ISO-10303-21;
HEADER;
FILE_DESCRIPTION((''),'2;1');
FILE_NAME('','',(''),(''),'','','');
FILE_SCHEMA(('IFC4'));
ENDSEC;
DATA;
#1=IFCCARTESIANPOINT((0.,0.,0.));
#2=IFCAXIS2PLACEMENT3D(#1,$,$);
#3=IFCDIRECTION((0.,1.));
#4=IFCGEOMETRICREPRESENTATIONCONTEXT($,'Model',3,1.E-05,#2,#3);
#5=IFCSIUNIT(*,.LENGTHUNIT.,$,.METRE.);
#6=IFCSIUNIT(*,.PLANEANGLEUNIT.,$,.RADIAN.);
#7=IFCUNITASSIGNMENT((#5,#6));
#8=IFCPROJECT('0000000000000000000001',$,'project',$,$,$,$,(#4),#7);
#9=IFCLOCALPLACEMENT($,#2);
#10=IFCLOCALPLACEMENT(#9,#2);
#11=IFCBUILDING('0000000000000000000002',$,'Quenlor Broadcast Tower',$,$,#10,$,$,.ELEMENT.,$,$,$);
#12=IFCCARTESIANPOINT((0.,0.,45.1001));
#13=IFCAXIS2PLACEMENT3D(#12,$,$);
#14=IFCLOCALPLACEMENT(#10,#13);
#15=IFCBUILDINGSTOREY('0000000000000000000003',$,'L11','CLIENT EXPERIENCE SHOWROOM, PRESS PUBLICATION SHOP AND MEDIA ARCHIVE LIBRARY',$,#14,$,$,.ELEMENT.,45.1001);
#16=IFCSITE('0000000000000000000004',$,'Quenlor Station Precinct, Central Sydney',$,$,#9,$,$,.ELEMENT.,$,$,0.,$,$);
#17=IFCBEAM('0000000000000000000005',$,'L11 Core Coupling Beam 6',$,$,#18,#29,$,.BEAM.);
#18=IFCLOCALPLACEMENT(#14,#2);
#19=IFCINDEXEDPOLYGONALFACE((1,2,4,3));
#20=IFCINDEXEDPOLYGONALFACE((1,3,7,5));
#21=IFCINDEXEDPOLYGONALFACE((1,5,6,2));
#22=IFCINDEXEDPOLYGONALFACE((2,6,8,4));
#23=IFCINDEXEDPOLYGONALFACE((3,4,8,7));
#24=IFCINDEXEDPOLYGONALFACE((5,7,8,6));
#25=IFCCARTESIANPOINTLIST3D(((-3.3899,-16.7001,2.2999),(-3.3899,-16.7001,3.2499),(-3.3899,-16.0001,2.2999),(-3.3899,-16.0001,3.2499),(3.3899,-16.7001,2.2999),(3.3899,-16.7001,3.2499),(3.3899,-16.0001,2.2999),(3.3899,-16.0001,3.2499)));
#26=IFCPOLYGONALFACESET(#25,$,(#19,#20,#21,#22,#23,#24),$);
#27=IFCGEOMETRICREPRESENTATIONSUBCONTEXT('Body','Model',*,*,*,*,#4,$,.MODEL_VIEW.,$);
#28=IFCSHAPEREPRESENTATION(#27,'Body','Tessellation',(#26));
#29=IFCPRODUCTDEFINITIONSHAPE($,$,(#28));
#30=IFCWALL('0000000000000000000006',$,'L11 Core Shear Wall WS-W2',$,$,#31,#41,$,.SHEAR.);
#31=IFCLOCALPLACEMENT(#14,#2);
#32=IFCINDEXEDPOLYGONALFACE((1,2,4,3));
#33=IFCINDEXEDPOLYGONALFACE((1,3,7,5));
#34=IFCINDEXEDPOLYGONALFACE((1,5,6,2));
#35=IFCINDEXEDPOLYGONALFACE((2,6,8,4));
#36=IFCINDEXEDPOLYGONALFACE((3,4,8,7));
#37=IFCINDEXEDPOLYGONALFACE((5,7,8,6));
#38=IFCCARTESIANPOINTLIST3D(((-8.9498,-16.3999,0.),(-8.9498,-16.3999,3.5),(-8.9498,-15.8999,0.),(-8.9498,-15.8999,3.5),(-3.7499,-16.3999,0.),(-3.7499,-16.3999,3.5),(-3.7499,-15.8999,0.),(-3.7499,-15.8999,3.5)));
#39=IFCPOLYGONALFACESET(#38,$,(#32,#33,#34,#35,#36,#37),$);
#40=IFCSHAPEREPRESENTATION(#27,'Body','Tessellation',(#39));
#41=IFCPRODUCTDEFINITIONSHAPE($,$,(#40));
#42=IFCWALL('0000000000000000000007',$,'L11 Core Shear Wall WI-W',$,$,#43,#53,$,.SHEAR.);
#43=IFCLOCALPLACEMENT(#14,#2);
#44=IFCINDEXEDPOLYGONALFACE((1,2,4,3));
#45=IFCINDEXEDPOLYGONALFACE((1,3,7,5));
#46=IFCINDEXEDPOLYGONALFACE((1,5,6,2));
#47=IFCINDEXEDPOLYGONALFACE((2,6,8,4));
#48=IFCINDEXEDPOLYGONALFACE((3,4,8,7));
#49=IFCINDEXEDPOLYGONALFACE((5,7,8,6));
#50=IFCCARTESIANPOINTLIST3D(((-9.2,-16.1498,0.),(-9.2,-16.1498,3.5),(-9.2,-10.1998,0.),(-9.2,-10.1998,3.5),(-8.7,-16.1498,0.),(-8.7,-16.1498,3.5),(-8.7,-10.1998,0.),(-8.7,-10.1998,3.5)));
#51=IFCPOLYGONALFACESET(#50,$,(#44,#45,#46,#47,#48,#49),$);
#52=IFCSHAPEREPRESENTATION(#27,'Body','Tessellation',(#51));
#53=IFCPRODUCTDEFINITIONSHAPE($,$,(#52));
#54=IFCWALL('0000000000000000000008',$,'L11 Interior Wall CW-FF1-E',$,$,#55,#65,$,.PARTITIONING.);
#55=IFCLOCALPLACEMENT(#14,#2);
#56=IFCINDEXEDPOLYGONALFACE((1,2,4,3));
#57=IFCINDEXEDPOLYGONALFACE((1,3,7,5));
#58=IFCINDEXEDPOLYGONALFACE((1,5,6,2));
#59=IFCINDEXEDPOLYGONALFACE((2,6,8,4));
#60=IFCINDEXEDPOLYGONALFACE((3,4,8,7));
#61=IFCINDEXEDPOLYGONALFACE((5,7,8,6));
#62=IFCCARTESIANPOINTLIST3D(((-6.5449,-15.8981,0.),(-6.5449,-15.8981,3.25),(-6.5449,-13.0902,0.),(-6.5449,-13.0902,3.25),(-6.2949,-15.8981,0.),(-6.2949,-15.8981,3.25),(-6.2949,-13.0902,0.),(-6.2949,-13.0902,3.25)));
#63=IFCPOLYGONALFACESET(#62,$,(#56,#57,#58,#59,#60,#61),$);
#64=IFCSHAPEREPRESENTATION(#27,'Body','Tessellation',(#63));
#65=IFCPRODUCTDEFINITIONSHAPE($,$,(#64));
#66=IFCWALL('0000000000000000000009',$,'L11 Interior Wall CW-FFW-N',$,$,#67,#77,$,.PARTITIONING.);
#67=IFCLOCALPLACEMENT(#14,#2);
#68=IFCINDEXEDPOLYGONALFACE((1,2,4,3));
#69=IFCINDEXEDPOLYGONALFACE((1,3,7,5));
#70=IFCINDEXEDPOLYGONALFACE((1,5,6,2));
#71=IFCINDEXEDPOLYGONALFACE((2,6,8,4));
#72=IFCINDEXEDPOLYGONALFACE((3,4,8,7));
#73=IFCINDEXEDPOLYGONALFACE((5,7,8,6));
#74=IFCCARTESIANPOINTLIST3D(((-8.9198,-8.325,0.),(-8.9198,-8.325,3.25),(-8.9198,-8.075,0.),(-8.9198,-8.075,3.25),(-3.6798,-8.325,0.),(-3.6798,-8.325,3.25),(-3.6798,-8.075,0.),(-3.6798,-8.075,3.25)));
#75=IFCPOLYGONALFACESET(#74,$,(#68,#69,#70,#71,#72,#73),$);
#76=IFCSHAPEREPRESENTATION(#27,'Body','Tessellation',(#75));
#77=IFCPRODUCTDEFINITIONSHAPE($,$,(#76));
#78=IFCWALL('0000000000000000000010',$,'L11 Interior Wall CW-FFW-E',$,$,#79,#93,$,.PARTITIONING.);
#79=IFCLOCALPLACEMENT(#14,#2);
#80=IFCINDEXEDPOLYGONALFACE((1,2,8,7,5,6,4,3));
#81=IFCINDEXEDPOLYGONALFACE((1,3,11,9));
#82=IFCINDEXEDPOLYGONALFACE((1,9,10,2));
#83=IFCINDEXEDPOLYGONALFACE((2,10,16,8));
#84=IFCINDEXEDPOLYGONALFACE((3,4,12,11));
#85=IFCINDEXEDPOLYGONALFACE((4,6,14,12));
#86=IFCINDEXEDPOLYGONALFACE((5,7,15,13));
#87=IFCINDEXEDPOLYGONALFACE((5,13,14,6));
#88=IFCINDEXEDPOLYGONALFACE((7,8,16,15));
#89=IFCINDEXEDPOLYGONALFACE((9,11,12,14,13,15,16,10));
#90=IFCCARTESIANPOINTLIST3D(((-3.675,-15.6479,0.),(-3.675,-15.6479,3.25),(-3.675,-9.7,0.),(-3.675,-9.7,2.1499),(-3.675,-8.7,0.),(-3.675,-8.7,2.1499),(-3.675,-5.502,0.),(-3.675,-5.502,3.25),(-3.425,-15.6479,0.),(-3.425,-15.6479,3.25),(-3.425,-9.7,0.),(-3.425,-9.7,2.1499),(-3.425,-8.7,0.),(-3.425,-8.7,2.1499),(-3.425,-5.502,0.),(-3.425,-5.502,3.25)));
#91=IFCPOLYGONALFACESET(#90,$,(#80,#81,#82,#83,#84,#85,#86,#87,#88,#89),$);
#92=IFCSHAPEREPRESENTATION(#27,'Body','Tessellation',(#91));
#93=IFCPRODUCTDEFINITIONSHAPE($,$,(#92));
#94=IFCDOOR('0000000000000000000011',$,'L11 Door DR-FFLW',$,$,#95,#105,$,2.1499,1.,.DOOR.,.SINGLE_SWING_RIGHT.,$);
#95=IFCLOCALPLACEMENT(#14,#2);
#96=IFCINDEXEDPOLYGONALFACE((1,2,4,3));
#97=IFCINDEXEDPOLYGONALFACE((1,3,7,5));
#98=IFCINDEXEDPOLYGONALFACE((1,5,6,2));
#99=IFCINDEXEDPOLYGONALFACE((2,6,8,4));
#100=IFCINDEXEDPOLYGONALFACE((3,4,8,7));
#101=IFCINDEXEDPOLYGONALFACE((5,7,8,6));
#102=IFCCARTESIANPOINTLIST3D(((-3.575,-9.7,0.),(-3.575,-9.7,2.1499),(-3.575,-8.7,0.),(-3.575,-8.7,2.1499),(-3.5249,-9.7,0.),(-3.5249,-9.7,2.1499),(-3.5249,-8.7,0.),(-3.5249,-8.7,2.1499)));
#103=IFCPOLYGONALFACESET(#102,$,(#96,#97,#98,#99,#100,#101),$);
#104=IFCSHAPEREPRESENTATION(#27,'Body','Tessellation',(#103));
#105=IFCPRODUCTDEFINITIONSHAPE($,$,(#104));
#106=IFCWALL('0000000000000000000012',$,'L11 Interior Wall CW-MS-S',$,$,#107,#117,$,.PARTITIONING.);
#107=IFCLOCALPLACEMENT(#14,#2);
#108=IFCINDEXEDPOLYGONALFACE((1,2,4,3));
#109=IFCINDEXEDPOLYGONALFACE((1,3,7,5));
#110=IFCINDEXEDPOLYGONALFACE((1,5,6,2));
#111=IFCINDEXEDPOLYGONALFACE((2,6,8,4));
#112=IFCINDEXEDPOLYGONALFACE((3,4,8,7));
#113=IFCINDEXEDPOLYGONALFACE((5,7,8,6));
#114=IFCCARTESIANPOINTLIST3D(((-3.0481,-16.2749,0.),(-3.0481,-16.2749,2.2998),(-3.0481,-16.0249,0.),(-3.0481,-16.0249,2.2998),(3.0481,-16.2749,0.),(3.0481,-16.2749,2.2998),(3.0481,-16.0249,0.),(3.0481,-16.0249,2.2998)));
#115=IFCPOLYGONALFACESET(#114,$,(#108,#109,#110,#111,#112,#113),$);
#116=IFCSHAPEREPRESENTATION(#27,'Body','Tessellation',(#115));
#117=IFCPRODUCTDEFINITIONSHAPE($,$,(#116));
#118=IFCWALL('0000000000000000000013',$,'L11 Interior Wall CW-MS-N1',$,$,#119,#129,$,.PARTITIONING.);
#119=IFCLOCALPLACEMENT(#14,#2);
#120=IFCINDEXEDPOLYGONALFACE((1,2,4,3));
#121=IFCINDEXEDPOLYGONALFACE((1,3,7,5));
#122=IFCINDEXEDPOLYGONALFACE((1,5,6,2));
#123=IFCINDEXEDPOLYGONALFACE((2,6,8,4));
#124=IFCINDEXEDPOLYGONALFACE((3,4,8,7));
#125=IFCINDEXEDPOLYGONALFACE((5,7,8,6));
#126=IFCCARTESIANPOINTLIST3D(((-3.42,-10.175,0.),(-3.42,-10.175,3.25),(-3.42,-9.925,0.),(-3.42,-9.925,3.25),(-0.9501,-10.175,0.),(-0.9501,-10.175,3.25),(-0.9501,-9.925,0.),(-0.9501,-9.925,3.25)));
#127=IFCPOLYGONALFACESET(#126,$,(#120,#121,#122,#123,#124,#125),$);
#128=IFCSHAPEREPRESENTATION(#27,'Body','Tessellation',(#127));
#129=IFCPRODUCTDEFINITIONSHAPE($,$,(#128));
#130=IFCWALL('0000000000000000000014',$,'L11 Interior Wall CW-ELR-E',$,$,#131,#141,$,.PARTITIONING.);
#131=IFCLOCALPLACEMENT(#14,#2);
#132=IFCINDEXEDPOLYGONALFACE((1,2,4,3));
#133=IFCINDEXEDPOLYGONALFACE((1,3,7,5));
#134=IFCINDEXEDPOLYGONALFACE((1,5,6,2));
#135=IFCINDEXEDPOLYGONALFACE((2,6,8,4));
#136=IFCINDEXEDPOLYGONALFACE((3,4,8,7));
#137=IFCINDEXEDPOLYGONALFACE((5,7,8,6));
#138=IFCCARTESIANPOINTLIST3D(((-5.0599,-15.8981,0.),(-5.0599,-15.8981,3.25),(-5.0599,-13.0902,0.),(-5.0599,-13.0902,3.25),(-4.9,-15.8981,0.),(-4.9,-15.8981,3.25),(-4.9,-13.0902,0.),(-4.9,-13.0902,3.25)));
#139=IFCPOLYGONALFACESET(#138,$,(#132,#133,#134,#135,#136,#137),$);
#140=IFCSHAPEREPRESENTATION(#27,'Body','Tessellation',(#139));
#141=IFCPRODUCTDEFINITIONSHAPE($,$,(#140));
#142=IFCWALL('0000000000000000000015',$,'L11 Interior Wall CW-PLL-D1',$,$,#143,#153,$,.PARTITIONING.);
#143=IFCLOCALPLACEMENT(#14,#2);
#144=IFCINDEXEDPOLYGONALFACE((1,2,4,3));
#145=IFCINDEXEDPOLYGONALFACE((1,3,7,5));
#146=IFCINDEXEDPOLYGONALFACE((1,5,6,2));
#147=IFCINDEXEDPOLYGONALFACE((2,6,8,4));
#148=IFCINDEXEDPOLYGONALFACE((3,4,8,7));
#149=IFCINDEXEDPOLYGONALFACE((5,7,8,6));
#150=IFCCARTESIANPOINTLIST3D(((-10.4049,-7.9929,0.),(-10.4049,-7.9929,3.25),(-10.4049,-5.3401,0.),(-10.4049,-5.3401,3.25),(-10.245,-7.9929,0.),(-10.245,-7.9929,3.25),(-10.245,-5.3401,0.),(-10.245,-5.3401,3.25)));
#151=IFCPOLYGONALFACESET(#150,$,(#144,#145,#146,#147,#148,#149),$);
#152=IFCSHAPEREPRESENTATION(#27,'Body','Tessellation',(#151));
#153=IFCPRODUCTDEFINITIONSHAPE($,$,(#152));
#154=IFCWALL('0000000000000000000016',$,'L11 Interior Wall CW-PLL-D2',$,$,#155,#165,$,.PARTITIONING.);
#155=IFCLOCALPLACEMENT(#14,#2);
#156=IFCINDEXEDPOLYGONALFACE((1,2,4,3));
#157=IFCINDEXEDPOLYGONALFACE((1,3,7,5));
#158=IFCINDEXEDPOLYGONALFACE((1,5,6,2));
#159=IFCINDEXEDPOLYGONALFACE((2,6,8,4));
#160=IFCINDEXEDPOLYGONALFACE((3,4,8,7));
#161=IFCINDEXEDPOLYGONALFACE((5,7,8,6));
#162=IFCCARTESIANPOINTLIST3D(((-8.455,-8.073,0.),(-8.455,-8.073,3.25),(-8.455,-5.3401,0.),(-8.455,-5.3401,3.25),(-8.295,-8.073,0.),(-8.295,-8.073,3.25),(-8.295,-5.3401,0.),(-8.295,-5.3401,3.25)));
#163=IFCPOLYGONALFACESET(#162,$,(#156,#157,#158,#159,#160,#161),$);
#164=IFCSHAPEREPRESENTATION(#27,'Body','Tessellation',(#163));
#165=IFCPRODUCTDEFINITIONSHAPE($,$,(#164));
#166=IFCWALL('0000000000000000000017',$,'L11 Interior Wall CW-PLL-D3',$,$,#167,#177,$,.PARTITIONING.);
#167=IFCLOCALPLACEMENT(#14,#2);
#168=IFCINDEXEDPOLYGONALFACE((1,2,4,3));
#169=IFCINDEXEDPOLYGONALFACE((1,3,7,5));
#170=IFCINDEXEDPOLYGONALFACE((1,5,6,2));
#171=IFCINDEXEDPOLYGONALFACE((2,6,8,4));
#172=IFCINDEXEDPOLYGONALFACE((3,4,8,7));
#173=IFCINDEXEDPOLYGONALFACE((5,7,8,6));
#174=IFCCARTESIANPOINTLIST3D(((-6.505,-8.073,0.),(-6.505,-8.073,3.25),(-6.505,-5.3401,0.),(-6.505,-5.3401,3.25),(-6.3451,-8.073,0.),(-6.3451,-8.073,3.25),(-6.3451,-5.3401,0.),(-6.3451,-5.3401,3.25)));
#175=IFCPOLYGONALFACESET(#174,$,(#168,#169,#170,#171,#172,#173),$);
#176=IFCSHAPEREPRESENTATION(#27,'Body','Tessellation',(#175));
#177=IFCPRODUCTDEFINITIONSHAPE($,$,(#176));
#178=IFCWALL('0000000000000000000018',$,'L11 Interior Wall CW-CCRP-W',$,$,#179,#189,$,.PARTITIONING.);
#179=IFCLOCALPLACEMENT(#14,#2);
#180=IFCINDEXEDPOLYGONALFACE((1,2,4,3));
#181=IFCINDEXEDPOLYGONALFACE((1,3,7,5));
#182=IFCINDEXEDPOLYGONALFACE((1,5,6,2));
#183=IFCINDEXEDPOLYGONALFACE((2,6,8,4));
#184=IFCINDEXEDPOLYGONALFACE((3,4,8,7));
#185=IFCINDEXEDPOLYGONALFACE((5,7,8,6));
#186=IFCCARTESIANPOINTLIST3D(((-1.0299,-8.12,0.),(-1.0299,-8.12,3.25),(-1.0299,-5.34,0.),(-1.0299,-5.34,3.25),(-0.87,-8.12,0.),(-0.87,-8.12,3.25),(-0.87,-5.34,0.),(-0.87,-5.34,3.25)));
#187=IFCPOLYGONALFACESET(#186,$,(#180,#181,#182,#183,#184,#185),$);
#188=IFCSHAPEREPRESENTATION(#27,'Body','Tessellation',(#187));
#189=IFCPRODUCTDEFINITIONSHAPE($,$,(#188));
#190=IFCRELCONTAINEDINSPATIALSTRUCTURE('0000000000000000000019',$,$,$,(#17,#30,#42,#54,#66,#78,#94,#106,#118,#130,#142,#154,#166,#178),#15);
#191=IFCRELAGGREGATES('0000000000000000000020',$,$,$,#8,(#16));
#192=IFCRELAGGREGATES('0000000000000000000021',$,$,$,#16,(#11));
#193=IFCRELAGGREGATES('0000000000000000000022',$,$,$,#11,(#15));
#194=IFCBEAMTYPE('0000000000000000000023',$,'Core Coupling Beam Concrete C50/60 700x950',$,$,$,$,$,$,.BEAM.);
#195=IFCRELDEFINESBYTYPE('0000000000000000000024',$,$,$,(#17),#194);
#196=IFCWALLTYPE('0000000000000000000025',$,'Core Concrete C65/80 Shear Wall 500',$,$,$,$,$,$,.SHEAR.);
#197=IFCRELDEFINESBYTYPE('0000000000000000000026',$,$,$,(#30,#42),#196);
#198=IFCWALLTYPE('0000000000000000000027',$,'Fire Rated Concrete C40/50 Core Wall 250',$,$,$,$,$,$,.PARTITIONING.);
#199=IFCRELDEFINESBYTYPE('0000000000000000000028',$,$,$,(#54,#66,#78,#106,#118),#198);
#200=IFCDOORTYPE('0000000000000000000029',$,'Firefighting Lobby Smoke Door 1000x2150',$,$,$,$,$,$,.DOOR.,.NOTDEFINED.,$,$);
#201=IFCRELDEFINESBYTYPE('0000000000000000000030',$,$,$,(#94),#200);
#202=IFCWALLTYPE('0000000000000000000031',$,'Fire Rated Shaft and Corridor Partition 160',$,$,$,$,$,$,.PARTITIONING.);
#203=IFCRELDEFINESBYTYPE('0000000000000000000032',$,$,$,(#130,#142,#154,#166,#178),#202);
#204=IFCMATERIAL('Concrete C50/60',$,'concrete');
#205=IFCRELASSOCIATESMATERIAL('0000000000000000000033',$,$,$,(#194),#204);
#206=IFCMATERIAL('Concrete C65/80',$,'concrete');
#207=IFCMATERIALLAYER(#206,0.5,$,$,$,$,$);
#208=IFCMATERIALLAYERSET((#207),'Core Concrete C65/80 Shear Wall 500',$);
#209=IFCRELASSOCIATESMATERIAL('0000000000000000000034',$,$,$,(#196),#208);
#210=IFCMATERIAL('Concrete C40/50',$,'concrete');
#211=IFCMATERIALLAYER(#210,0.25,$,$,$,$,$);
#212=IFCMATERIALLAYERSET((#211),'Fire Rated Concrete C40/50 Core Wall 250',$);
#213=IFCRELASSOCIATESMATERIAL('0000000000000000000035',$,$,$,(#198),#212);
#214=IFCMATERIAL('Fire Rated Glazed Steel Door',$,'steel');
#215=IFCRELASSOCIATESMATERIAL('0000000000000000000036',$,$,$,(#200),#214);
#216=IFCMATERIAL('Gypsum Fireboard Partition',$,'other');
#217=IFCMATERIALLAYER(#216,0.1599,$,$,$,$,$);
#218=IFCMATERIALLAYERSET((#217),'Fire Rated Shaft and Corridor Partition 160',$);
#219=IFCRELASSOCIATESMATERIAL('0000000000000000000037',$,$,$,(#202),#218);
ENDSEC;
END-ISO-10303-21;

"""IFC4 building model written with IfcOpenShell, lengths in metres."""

from ifc_helpers import new_model, si_unit, direction, frame, frame_2d, origin, origin_2d, place, context, subcontext, project, spatial, rectangle, extrude, material, layer, layer_set, material_profile, profile_set, type_object, element, fill, save


model = new_model("IFC4")

# Units and contexts
model_context = context("Model", 3, precision=1e-05, world=origin(), true_north=direction((0.0, 1.0)))
body_context = subcontext(model_context, "Body", "Model", "MODEL_VIEW")
ifc_project = project(units=[si_unit("LENGTHUNIT", "METRE"), si_unit("PLANEANGLEUNIT", "RADIAN")], contexts=[model_context])

# Site, building, storey
site_placement = place(None, origin())
site = spatial("IfcSite", under=ifc_project, at=site_placement, Name="Quenlor Station Precinct, Central Sydney", CompositionType="ELEMENT", RefElevation=0.0)
building_placement = place(site_placement, origin())
building = spatial("IfcBuilding", under=site, at=building_placement, Name="Quenlor Broadcast Tower", CompositionType="ELEMENT")
storey_placement = place(building_placement, frame((0.0, 0.0, 45.1001)))
storey = spatial("IfcBuildingStorey", under=building, at=storey_placement, Name="L11", Description="CLIENT EXPERIENCE SHOWROOM, PRESS PUBLICATION SHOP AND MEDIA ARCHIVE LIBRARY", CompositionType="ELEMENT", Elevation=45.1001)

# Beam
ifc_material_1 = material(Name="Concrete C50/60", Category="concrete")
ifc_material_profile = material_profile(ifc_material_1, rectangle(XDim=0.7, YDim=0.95, at=origin_2d()))
ifc_profile_set = profile_set([ifc_material_profile], Name="Concrete C50/60 RCB700x950")
beam_type = type_object("IfcBeamType", Name="Core Coupling Beam Concrete C50/60 700x950", PredefinedType="BEAM", material=ifc_profile_set)
beam_placement = place(storey_placement, frame((-3.3899, -16.3501, 2.7749), z_axis=(1.0, 0.0, 0.0), x_axis=(0.0, 1.0, 0.0)))
element("IfcBeam", 1, at=beam_placement, inside=storey, type_object=beam_type, Name="L11 Core Coupling Beam 6", PredefinedType="BEAM", context=body_context, shape_type="SweptSolid", body=[
    extrude(rectangle(XDim=0.7, YDim=0.95, at=origin_2d()), origin(), (0.0, 0.0, 1.0), 6.7798),
])

# Walls
ifc_material_2 = material(Name="Concrete C65/80", Category="concrete")
ifc_layer_1 = layer(ifc_material_2, 0.5)
ifc_layer_set_1 = layer_set([ifc_layer_1], Name="Core Concrete C65/80 Shear Wall 500")
wall_type_1 = type_object("IfcWallType", Name="Core Concrete C65/80 Shear Wall 500", PredefinedType="SHEAR", material=ifc_layer_set_1)
wall_1_placement = place(storey_placement, frame((-8.95, -16.1499, 0.0), z_axis=(0.0, 0.0, 1.0), x_axis=(1.0, 0.0, 0.0)))
element("IfcWall", 2, at=wall_1_placement, inside=storey, type_object=wall_type_1, Name="L11 Core Shear Wall WS-W2", PredefinedType="SHEAR", context=body_context, shape_type="SweptSolid", body=[
    extrude(rectangle(XDim=5.2, YDim=0.5, at=frame_2d((2.6001, 0.0))), origin(), (0.0, 0.0, 1.0), 3.5),
])
wall_2_placement = place(storey_placement, frame((-8.95, -16.1499, 0.0), z_axis=(0.0, 0.0, 1.0), x_axis=(0.0, 1.0, 0.0)))
element("IfcWall", 3, at=wall_2_placement, inside=storey, type_object=wall_type_1, Name="L11 Core Shear Wall WI-W", PredefinedType="SHEAR", context=body_context, shape_type="SweptSolid", body=[
    extrude(rectangle(XDim=5.95, YDim=0.5, at=frame_2d((2.9751, 0.0))), origin(), (0.0, 0.0, 1.0), 3.5),
])

# Shared definitions
ifc_material_3 = material(Name="Concrete C40/50", Category="concrete")
ifc_layer_2 = layer(ifc_material_3, 0.25)
ifc_layer_set_2 = layer_set([ifc_layer_2], Name="Fire Rated Concrete C40/50 Core Wall 250")
wall_type_2 = type_object("IfcWallType", Name="Fire Rated Concrete C40/50 Core Wall 250", PredefinedType="PARTITIONING", material=ifc_layer_set_2)

# Walls
wall_3_placement = place(storey_placement, frame((-6.4199, -15.8979, 0.0), z_axis=(0.0, 0.0, 1.0), x_axis=(0.0, 1.0, 0.0)))
element("IfcWall", 4, at=wall_3_placement, inside=storey, type_object=wall_type_2, Name="L11 Interior Wall CW-FF1-E", PredefinedType="PARTITIONING", context=body_context, shape_type="SweptSolid", body=[
    extrude(rectangle(XDim=2.8079, YDim=0.25, at=frame_2d((1.4038, 0.0))), origin(), (0.0, 0.0, 1.0), 3.25),
])
wall_4_placement = place(storey_placement, frame((-8.9199, -8.2, 0.0), z_axis=(0.0, 0.0, 1.0), x_axis=(1.0, 0.0, 0.0)))
element("IfcWall", 5, at=wall_4_placement, inside=storey, type_object=wall_type_2, Name="L11 Interior Wall CW-FFW-N", PredefinedType="PARTITIONING", context=body_context, shape_type="SweptSolid", body=[
    extrude(rectangle(XDim=5.24, YDim=0.25, at=frame_2d((2.6201, 0.0))), origin(), (0.0, 0.0, 1.0), 3.25),
])

# Wall, opening, door
wall_5_placement = place(storey_placement, frame((-3.55, -15.6479, 0.0), z_axis=(0.0, 0.0, 1.0), x_axis=(0.0, 1.0, 0.0)))
wall_5 = element("IfcWall", 6, at=wall_5_placement, inside=storey, type_object=wall_type_2, Name="L11 Interior Wall CW-FFW-E", PredefinedType="PARTITIONING", context=body_context, shape_type="SweptSolid", body=[
    extrude(rectangle(XDim=10.146, YDim=0.25, at=frame_2d((5.073, 0.0))), origin(), (0.0, 0.0, 1.0), 3.25),
])
opening_1_placement = place(wall_5_placement, frame((5.948, 0.0, 0.0)))
opening_1 = element("IfcOpeningElement", 7, at=opening_1_placement, cuts=wall_5, PredefinedType="OPENING", context=body_context, shape_type="SweptSolid", body=[
    extrude(rectangle(XDim=1.0, YDim=2.1499, at=frame_2d((0.5, 1.075))), frame((0.0, 0.135, 0.0), z_axis=(0.0, -1.0, 0.0), x_axis=(1.0, 0.0, 0.0)), (0.0, 0.0, 1.0), 0.27),
])
ifc_material_4 = material(Name="Fire Rated Glazed Steel Door", Category="steel")
door_type_1 = type_object("IfcDoorType", Name="Firefighting Lobby Smoke Door 1000x2150", OperationType="NOTDEFINED", PredefinedType="DOOR", material=ifc_material_4)
door_1_placement = place(opening_1_placement, origin())
door_1 = element("IfcDoor", 8, at=door_1_placement, inside=storey, type_object=door_type_1, Name="L11 Door DR-FFLW", OperationType="SINGLE_SWING_RIGHT", OverallHeight=2.1499, OverallWidth=1.0, PredefinedType="DOOR", context=body_context, shape_type="SweptSolid", body=[
    extrude(rectangle(XDim=1.0, YDim=2.1499, at=frame_2d((0.5, 1.075))), frame((0.0, 0.0249, 0.0), z_axis=(0.0, -1.0, 0.0), x_axis=(1.0, 0.0, 0.0)), (0.0, 0.0, 1.0), 0.05),
])
fill(opening_1, door_1)

# Walls
wall_6_placement = place(storey_placement, frame((-3.0481, -16.1499, 0.0), z_axis=(0.0, 0.0, 1.0), x_axis=(1.0, 0.0, 0.0)))
element("IfcWall", 9, at=wall_6_placement, inside=storey, type_object=wall_type_2, Name="L11 Interior Wall CW-MS-S", PredefinedType="PARTITIONING", context=body_context, shape_type="SweptSolid", body=[
    extrude(rectangle(XDim=6.0962, YDim=0.25, at=frame_2d((3.0481, 0.0))), origin(), (0.0, 0.0, 1.0), 2.2998),
])
wall_7_placement = place(storey_placement, frame((-3.4199, -10.05, 0.0), z_axis=(0.0, 0.0, 1.0), x_axis=(1.0, 0.0, 0.0)))
element("IfcWall", 10, at=wall_7_placement, inside=storey, type_object=wall_type_2, Name="L11 Interior Wall CW-MS-N1", PredefinedType="PARTITIONING", context=body_context, shape_type="SweptSolid", body=[
    extrude(rectangle(XDim=2.47, YDim=0.25, at=frame_2d((1.2349, 0.0))), origin(), (0.0, 0.0, 1.0), 3.25),
])
ifc_material_5 = material(Name="Gypsum Fireboard Partition", Category="other")
ifc_layer_3 = layer(ifc_material_5, 0.1599)
ifc_layer_set_3 = layer_set([ifc_layer_3], Name="Fire Rated Shaft and Corridor Partition 160")
wall_type_3 = type_object("IfcWallType", Name="Fire Rated Shaft and Corridor Partition 160", PredefinedType="PARTITIONING", material=ifc_layer_set_3)
wall_8_placement = place(storey_placement, frame((-4.98, -15.8979, 0.0), z_axis=(0.0, 0.0, 1.0), x_axis=(0.0, 1.0, 0.0)))
element("IfcWall", 11, at=wall_8_placement, inside=storey, type_object=wall_type_3, Name="L11 Interior Wall CW-ELR-E", PredefinedType="PARTITIONING", context=body_context, shape_type="SweptSolid", body=[
    extrude(rectangle(XDim=2.8079, YDim=0.1599, at=frame_2d((1.4038, 0.0))), origin(), (0.0, 0.0, 1.0), 3.25),
])
wall_9_placement = place(storey_placement, frame((-10.325, -7.9929, 0.0), z_axis=(0.0, 0.0, 1.0), x_axis=(0.0, 1.0, 0.0)))
element("IfcWall", 12, at=wall_9_placement, inside=storey, type_object=wall_type_3, Name="L11 Interior Wall CW-PLL-D1", PredefinedType="PARTITIONING", context=body_context, shape_type="SweptSolid", body=[
    extrude(rectangle(XDim=2.6528, YDim=0.1599, at=frame_2d((1.3264, 0.0))), origin(), (0.0, 0.0, 1.0), 3.25),
])
for number, where, z_axis, x_axis, name in (
    (13, (-8.375, -8.073, 0.0), (0.0, 0.0, 1.0), (0.0, 1.0, 0.0), "L11 Interior Wall CW-PLL-D2"),
    (14, (-6.425, -8.073, 0.0), (0.0, 0.0, 1.0), (0.0, 1.0, 0.0), "L11 Interior Wall CW-PLL-D3"),
):
    element("IfcWall", number, at=place(storey_placement, frame(where, z_axis=z_axis, x_axis=x_axis)), inside=storey, type_object=wall_type_3, Name=name, PredefinedType="PARTITIONING", context=body_context, shape_type="SweptSolid", body=[
        extrude(rectangle(XDim=2.7329, YDim=0.1599, at=frame_2d((1.3665, 0.0))), origin(), (0.0, 0.0, 1.0), 3.25),
    ])
wall_10_placement = place(storey_placement, frame((-0.95, -8.1201, 0.0), z_axis=(0.0, 0.0, 1.0), x_axis=(0.0, 1.0, 0.0)))
element("IfcWall", 15, at=wall_10_placement, inside=storey, type_object=wall_type_3, Name="L11 Interior Wall CW-CCRP-W", PredefinedType="PARTITIONING", context=body_context, shape_type="SweptSolid", body=[
    extrude(rectangle(XDim=2.78, YDim=0.1599, at=frame_2d((1.3901, 0.0))), origin(), (0.0, 0.0, 1.0), 3.25),
])

save(model, "model.ifc")
